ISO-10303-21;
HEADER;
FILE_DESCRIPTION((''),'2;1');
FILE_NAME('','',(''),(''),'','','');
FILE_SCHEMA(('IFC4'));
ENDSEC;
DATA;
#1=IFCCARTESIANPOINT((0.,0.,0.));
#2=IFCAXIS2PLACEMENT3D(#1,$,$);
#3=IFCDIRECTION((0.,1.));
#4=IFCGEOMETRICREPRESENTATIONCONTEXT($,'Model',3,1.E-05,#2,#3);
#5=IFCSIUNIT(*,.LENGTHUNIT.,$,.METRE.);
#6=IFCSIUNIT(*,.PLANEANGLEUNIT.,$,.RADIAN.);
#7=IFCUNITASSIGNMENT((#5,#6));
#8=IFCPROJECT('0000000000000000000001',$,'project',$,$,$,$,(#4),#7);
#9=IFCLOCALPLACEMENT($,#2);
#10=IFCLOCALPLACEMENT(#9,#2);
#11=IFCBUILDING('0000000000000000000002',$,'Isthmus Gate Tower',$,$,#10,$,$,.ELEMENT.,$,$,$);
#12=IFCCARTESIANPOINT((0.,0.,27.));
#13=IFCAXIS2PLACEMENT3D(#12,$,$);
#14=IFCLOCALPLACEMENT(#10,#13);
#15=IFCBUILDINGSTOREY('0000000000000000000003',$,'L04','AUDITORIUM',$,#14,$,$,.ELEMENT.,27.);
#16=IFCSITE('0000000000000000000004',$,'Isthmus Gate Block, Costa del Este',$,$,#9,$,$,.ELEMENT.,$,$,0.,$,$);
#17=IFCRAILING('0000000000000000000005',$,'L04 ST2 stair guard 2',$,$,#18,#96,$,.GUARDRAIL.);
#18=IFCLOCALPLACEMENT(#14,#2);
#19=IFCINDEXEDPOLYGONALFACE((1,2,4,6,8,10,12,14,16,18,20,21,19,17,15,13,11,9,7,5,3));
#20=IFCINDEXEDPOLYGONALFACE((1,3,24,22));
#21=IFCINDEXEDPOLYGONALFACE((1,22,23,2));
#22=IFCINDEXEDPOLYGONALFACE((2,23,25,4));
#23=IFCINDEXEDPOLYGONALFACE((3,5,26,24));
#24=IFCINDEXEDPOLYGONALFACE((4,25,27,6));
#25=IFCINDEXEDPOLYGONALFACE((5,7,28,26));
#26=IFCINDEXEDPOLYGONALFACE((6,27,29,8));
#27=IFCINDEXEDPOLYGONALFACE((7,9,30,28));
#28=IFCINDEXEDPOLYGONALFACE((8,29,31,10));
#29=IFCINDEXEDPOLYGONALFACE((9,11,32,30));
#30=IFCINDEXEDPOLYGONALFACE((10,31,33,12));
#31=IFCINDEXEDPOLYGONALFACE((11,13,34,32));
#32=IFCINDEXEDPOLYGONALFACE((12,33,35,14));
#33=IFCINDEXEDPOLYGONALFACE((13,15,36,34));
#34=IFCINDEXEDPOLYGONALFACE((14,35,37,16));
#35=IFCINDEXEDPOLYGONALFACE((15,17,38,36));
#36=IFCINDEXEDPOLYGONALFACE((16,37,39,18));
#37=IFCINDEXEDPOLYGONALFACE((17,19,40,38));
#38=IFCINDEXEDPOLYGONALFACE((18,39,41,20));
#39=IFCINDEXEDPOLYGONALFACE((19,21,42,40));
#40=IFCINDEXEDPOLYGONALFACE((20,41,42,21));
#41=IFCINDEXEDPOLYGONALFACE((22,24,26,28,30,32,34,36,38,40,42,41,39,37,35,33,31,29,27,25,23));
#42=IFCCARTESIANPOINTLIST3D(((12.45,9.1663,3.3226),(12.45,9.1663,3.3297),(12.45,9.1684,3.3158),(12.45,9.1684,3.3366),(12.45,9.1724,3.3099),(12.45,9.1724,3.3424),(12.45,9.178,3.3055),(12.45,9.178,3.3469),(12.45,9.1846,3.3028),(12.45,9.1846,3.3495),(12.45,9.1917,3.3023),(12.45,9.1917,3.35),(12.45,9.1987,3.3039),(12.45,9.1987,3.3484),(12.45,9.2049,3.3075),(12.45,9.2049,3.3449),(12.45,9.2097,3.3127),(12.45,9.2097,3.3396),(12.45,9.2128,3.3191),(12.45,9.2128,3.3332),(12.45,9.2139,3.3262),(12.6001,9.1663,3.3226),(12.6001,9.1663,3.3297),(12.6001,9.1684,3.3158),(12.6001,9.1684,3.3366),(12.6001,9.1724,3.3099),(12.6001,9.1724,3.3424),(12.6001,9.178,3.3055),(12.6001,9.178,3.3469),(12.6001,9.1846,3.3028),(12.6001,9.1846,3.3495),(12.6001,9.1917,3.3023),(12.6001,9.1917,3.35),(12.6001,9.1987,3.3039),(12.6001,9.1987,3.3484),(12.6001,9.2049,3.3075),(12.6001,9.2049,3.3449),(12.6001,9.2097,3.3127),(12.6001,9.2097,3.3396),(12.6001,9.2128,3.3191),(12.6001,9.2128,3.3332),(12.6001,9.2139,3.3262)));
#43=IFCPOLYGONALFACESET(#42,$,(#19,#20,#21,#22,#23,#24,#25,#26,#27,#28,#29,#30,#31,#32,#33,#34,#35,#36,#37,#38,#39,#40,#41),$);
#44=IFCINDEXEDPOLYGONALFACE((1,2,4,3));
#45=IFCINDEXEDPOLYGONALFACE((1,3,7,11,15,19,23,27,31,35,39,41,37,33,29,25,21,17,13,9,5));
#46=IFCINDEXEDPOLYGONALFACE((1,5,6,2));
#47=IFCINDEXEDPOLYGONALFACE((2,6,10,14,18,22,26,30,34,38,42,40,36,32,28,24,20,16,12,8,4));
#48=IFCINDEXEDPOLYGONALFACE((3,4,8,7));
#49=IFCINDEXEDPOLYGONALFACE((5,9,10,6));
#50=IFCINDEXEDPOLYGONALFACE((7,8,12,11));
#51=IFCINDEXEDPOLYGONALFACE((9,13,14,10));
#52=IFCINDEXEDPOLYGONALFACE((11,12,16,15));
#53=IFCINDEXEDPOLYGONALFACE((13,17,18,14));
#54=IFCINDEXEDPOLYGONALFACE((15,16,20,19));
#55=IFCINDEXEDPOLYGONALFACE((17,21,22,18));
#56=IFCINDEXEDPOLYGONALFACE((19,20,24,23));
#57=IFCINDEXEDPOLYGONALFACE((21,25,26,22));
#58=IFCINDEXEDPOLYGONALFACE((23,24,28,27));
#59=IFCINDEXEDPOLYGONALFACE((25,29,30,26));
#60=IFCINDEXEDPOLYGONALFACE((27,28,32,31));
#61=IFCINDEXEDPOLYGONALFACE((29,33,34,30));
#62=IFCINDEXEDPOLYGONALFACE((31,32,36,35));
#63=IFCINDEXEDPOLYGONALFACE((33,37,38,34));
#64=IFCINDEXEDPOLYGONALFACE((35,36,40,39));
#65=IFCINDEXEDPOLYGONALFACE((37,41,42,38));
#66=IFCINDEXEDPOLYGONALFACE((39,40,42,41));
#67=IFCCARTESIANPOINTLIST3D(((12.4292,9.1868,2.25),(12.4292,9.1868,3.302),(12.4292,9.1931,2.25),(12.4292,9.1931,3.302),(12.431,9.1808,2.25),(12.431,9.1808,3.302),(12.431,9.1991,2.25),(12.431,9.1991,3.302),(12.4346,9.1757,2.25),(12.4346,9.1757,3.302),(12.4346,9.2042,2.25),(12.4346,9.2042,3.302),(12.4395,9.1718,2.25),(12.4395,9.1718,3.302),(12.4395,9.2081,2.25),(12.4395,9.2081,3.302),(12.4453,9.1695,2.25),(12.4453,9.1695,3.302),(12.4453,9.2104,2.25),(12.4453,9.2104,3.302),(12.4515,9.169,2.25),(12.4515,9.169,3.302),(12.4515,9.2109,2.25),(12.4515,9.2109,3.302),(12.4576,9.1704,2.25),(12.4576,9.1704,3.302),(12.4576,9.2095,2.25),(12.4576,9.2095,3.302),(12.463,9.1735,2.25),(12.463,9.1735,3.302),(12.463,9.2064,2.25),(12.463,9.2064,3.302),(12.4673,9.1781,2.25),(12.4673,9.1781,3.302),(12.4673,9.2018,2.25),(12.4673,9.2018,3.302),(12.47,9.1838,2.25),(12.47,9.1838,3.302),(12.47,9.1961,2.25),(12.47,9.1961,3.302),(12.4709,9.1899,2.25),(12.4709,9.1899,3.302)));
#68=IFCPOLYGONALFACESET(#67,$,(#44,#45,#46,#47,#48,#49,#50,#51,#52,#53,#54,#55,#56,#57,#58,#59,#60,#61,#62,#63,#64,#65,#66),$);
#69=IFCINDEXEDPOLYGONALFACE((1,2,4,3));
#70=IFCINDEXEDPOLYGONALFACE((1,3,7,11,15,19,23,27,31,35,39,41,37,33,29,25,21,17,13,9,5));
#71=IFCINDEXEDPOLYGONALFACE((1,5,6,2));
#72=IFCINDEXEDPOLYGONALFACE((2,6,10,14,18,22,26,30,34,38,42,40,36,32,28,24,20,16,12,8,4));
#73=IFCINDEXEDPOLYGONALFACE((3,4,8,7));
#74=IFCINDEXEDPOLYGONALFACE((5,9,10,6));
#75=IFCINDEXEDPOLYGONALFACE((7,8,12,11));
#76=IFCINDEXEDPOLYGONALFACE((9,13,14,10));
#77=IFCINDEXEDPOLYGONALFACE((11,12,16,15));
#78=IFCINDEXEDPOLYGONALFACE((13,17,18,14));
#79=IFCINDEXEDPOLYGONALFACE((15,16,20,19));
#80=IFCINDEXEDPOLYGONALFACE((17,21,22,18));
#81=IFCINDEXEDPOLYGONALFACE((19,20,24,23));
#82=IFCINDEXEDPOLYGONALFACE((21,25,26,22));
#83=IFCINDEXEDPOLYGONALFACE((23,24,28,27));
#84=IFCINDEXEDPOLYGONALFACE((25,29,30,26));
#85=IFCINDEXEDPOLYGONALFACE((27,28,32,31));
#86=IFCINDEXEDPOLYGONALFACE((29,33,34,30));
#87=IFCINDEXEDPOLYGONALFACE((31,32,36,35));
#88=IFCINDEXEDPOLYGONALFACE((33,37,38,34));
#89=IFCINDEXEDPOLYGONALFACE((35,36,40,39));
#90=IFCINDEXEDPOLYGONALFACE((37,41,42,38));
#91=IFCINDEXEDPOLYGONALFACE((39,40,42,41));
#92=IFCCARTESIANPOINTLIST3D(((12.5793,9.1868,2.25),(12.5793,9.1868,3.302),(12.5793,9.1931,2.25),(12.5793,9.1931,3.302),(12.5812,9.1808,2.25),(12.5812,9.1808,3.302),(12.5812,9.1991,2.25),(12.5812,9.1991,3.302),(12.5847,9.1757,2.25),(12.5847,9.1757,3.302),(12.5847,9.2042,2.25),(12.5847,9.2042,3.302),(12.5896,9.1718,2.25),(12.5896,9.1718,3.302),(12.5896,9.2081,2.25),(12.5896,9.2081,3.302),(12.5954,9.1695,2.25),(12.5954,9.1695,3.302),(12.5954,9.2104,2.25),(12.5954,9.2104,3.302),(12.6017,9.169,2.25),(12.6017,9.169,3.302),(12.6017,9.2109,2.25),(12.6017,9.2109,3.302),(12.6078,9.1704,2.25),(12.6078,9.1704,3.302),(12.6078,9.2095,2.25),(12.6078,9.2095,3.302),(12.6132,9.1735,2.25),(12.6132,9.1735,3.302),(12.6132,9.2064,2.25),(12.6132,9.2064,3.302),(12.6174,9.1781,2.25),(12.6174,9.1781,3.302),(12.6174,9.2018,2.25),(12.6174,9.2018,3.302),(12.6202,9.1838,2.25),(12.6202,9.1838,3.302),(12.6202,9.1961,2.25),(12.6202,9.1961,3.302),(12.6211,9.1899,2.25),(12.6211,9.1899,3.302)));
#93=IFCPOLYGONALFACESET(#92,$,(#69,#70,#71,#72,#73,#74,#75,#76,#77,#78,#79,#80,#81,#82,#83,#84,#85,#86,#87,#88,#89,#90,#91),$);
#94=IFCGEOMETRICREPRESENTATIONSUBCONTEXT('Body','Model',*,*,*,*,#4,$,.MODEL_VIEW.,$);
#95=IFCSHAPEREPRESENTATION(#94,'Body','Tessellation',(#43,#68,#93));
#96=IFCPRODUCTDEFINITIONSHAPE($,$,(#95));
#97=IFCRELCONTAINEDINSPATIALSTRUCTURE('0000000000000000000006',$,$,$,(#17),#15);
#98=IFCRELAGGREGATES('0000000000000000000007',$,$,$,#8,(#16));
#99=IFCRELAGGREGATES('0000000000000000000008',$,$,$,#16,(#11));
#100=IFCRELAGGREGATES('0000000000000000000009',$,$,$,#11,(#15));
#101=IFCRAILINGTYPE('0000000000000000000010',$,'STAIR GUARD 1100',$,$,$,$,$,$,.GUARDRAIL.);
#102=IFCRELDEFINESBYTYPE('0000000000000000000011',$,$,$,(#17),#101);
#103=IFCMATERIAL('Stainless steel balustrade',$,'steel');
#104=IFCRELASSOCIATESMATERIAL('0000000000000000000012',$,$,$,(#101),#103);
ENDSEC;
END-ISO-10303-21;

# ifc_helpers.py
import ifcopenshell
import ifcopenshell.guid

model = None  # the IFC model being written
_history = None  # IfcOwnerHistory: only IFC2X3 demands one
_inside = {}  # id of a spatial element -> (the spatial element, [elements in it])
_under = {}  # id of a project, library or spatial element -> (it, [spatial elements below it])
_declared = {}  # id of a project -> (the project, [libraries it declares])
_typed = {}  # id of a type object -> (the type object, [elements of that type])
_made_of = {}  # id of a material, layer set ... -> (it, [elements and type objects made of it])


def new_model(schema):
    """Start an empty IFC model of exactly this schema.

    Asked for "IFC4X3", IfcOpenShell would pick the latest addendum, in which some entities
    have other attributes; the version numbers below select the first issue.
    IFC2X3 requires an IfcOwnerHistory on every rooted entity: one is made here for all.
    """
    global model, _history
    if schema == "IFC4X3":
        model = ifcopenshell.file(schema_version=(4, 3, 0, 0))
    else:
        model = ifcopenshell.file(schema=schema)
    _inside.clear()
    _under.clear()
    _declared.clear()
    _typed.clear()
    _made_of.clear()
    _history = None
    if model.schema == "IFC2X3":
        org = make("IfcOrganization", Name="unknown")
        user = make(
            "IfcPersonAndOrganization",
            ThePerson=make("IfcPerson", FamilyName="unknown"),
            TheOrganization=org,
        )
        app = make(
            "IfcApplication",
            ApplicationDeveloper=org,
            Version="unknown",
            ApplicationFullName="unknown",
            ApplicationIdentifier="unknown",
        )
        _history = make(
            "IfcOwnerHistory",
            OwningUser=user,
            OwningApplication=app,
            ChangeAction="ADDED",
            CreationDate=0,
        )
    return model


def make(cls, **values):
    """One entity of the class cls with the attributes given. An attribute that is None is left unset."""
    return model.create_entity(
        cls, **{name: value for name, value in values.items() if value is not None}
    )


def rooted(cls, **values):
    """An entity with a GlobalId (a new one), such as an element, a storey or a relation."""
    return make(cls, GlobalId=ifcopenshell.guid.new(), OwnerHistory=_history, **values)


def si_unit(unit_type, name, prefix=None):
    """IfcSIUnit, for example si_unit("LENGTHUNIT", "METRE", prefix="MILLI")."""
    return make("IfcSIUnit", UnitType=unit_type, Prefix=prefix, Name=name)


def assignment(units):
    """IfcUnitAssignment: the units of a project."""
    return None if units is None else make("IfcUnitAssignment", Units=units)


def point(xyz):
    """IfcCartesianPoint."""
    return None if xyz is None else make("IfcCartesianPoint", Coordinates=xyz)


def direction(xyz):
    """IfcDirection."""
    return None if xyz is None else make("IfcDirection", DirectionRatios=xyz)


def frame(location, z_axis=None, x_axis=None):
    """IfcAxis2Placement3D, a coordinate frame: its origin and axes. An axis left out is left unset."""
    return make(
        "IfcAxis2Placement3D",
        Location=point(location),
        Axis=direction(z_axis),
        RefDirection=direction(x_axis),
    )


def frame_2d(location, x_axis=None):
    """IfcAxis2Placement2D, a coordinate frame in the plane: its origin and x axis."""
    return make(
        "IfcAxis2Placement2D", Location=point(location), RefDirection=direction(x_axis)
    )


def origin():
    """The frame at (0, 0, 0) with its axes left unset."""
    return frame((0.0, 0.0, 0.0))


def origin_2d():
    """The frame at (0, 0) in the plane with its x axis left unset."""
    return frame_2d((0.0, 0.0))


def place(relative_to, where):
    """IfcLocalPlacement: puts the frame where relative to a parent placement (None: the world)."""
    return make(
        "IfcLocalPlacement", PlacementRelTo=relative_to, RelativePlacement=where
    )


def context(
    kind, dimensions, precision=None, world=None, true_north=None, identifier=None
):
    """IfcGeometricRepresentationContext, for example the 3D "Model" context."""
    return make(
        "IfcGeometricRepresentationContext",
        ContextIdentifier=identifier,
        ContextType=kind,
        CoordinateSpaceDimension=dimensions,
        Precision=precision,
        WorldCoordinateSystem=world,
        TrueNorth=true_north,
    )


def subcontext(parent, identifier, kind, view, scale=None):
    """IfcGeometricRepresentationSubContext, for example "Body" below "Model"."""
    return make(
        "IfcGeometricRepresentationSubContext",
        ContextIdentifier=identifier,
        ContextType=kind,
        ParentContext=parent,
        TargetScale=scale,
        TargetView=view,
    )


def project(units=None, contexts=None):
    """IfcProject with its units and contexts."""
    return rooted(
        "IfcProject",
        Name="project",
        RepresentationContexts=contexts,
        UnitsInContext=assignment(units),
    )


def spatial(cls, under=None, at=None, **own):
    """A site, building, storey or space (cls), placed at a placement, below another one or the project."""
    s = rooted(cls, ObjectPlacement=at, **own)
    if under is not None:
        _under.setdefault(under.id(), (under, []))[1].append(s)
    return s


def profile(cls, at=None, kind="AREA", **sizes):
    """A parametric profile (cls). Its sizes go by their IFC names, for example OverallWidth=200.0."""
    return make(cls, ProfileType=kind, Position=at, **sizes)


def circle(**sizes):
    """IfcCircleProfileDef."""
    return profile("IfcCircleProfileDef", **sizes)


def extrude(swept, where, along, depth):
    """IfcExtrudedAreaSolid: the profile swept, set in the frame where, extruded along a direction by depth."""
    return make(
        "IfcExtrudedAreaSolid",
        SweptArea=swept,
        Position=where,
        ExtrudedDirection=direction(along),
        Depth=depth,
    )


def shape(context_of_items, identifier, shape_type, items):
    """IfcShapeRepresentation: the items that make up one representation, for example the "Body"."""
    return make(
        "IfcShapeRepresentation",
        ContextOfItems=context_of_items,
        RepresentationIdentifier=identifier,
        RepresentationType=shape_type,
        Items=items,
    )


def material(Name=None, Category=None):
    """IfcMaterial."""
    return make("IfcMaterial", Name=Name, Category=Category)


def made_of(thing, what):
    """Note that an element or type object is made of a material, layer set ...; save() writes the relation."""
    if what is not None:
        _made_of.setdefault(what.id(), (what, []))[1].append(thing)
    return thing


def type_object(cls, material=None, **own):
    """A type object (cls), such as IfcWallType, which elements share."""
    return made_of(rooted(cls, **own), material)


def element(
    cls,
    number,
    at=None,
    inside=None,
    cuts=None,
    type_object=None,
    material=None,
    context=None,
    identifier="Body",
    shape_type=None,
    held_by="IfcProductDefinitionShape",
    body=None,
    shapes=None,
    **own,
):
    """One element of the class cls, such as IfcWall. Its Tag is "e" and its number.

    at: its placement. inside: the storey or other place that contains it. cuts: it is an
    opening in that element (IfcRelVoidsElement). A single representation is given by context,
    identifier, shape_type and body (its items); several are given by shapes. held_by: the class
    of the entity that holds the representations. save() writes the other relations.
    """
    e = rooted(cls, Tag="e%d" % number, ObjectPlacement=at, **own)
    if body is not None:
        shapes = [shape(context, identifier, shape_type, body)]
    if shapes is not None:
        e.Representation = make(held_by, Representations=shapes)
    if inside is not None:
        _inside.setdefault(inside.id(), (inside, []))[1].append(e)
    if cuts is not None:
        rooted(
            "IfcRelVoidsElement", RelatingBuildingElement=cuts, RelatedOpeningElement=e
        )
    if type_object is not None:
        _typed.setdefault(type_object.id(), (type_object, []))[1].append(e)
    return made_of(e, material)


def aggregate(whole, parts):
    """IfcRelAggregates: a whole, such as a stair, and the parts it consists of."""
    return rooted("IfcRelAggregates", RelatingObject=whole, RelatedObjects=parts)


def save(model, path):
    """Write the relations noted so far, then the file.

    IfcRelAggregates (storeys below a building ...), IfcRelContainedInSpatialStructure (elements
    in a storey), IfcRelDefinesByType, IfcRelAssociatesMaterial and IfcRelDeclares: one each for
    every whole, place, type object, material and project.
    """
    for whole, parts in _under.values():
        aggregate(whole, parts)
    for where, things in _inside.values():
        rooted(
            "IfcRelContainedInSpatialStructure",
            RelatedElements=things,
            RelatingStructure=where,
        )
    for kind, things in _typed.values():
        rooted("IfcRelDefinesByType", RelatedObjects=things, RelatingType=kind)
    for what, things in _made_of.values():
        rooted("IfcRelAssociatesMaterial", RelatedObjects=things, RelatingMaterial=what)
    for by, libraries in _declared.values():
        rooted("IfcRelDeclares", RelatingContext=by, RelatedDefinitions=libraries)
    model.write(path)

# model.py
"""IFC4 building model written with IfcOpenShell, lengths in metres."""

from ifc_helpers import new_model, si_unit, direction, frame, origin, origin_2d, place, context, subcontext, project, spatial, circle, extrude, material, type_object, element, save


model = new_model("IFC4")

# Units and contexts
model_context = context("Model", 3, precision=1e-05, world=origin(), true_north=direction((0.0, 1.0)))
body_context = subcontext(model_context, "Body", "Model", "MODEL_VIEW")
ifc_project = project(units=[si_unit("LENGTHUNIT", "METRE"), si_unit("PLANEANGLEUNIT", "RADIAN")], contexts=[model_context])

# Site, building, storey
site_placement = place(None, origin())
site = spatial("IfcSite", under=ifc_project, at=site_placement, Name="Isthmus Gate Block, Costa del Este", CompositionType="ELEMENT", RefElevation=0.0)
building_placement = place(site_placement, origin())
building = spatial("IfcBuilding", under=site, at=building_placement, Name="Isthmus Gate Tower", CompositionType="ELEMENT")
storey_placement = place(building_placement, frame((0.0, 0.0, 27.0)))
storey = spatial("IfcBuildingStorey", under=building, at=storey_placement, Name="L04", Description="AUDITORIUM", CompositionType="ELEMENT", Elevation=27.0)

# Railing
ifc_material_1 = material(Name="Stainless steel balustrade", Category="steel")
railing_type_1 = type_object("IfcRailingType", Name="STAIR GUARD 1100", PredefinedType="GUARDRAIL", material=ifc_material_1)
railing_1_placement = place(storey_placement, frame((12.45, 9.1899, 2.25)))
element("IfcRailing", 1, at=railing_1_placement, inside=storey, type_object=railing_type_1, Name="L04 ST2 stair guard 2", PredefinedType="GUARDRAIL", context=body_context, shape_type="SweptSolid", body=[
    extrude(circle(Radius=0.0239, at=origin_2d()), frame((0.0, 0.0, 1.0762), z_axis=(1.0, 0.0, 0.0), x_axis=(0.0, 1.0, 0.0)), (0.0, 0.0, 1.0), 0.1501),
    extrude(circle(Radius=0.021, at=origin_2d()), origin(), (0.0, 0.0, 1.0), 1.052),
    extrude(circle(Radius=0.021, at=origin_2d()), frame((0.1501, 0.0, 0.0)), (0.0, 0.0, 1.0), 1.052),
])

save(model, "model.ifc")
